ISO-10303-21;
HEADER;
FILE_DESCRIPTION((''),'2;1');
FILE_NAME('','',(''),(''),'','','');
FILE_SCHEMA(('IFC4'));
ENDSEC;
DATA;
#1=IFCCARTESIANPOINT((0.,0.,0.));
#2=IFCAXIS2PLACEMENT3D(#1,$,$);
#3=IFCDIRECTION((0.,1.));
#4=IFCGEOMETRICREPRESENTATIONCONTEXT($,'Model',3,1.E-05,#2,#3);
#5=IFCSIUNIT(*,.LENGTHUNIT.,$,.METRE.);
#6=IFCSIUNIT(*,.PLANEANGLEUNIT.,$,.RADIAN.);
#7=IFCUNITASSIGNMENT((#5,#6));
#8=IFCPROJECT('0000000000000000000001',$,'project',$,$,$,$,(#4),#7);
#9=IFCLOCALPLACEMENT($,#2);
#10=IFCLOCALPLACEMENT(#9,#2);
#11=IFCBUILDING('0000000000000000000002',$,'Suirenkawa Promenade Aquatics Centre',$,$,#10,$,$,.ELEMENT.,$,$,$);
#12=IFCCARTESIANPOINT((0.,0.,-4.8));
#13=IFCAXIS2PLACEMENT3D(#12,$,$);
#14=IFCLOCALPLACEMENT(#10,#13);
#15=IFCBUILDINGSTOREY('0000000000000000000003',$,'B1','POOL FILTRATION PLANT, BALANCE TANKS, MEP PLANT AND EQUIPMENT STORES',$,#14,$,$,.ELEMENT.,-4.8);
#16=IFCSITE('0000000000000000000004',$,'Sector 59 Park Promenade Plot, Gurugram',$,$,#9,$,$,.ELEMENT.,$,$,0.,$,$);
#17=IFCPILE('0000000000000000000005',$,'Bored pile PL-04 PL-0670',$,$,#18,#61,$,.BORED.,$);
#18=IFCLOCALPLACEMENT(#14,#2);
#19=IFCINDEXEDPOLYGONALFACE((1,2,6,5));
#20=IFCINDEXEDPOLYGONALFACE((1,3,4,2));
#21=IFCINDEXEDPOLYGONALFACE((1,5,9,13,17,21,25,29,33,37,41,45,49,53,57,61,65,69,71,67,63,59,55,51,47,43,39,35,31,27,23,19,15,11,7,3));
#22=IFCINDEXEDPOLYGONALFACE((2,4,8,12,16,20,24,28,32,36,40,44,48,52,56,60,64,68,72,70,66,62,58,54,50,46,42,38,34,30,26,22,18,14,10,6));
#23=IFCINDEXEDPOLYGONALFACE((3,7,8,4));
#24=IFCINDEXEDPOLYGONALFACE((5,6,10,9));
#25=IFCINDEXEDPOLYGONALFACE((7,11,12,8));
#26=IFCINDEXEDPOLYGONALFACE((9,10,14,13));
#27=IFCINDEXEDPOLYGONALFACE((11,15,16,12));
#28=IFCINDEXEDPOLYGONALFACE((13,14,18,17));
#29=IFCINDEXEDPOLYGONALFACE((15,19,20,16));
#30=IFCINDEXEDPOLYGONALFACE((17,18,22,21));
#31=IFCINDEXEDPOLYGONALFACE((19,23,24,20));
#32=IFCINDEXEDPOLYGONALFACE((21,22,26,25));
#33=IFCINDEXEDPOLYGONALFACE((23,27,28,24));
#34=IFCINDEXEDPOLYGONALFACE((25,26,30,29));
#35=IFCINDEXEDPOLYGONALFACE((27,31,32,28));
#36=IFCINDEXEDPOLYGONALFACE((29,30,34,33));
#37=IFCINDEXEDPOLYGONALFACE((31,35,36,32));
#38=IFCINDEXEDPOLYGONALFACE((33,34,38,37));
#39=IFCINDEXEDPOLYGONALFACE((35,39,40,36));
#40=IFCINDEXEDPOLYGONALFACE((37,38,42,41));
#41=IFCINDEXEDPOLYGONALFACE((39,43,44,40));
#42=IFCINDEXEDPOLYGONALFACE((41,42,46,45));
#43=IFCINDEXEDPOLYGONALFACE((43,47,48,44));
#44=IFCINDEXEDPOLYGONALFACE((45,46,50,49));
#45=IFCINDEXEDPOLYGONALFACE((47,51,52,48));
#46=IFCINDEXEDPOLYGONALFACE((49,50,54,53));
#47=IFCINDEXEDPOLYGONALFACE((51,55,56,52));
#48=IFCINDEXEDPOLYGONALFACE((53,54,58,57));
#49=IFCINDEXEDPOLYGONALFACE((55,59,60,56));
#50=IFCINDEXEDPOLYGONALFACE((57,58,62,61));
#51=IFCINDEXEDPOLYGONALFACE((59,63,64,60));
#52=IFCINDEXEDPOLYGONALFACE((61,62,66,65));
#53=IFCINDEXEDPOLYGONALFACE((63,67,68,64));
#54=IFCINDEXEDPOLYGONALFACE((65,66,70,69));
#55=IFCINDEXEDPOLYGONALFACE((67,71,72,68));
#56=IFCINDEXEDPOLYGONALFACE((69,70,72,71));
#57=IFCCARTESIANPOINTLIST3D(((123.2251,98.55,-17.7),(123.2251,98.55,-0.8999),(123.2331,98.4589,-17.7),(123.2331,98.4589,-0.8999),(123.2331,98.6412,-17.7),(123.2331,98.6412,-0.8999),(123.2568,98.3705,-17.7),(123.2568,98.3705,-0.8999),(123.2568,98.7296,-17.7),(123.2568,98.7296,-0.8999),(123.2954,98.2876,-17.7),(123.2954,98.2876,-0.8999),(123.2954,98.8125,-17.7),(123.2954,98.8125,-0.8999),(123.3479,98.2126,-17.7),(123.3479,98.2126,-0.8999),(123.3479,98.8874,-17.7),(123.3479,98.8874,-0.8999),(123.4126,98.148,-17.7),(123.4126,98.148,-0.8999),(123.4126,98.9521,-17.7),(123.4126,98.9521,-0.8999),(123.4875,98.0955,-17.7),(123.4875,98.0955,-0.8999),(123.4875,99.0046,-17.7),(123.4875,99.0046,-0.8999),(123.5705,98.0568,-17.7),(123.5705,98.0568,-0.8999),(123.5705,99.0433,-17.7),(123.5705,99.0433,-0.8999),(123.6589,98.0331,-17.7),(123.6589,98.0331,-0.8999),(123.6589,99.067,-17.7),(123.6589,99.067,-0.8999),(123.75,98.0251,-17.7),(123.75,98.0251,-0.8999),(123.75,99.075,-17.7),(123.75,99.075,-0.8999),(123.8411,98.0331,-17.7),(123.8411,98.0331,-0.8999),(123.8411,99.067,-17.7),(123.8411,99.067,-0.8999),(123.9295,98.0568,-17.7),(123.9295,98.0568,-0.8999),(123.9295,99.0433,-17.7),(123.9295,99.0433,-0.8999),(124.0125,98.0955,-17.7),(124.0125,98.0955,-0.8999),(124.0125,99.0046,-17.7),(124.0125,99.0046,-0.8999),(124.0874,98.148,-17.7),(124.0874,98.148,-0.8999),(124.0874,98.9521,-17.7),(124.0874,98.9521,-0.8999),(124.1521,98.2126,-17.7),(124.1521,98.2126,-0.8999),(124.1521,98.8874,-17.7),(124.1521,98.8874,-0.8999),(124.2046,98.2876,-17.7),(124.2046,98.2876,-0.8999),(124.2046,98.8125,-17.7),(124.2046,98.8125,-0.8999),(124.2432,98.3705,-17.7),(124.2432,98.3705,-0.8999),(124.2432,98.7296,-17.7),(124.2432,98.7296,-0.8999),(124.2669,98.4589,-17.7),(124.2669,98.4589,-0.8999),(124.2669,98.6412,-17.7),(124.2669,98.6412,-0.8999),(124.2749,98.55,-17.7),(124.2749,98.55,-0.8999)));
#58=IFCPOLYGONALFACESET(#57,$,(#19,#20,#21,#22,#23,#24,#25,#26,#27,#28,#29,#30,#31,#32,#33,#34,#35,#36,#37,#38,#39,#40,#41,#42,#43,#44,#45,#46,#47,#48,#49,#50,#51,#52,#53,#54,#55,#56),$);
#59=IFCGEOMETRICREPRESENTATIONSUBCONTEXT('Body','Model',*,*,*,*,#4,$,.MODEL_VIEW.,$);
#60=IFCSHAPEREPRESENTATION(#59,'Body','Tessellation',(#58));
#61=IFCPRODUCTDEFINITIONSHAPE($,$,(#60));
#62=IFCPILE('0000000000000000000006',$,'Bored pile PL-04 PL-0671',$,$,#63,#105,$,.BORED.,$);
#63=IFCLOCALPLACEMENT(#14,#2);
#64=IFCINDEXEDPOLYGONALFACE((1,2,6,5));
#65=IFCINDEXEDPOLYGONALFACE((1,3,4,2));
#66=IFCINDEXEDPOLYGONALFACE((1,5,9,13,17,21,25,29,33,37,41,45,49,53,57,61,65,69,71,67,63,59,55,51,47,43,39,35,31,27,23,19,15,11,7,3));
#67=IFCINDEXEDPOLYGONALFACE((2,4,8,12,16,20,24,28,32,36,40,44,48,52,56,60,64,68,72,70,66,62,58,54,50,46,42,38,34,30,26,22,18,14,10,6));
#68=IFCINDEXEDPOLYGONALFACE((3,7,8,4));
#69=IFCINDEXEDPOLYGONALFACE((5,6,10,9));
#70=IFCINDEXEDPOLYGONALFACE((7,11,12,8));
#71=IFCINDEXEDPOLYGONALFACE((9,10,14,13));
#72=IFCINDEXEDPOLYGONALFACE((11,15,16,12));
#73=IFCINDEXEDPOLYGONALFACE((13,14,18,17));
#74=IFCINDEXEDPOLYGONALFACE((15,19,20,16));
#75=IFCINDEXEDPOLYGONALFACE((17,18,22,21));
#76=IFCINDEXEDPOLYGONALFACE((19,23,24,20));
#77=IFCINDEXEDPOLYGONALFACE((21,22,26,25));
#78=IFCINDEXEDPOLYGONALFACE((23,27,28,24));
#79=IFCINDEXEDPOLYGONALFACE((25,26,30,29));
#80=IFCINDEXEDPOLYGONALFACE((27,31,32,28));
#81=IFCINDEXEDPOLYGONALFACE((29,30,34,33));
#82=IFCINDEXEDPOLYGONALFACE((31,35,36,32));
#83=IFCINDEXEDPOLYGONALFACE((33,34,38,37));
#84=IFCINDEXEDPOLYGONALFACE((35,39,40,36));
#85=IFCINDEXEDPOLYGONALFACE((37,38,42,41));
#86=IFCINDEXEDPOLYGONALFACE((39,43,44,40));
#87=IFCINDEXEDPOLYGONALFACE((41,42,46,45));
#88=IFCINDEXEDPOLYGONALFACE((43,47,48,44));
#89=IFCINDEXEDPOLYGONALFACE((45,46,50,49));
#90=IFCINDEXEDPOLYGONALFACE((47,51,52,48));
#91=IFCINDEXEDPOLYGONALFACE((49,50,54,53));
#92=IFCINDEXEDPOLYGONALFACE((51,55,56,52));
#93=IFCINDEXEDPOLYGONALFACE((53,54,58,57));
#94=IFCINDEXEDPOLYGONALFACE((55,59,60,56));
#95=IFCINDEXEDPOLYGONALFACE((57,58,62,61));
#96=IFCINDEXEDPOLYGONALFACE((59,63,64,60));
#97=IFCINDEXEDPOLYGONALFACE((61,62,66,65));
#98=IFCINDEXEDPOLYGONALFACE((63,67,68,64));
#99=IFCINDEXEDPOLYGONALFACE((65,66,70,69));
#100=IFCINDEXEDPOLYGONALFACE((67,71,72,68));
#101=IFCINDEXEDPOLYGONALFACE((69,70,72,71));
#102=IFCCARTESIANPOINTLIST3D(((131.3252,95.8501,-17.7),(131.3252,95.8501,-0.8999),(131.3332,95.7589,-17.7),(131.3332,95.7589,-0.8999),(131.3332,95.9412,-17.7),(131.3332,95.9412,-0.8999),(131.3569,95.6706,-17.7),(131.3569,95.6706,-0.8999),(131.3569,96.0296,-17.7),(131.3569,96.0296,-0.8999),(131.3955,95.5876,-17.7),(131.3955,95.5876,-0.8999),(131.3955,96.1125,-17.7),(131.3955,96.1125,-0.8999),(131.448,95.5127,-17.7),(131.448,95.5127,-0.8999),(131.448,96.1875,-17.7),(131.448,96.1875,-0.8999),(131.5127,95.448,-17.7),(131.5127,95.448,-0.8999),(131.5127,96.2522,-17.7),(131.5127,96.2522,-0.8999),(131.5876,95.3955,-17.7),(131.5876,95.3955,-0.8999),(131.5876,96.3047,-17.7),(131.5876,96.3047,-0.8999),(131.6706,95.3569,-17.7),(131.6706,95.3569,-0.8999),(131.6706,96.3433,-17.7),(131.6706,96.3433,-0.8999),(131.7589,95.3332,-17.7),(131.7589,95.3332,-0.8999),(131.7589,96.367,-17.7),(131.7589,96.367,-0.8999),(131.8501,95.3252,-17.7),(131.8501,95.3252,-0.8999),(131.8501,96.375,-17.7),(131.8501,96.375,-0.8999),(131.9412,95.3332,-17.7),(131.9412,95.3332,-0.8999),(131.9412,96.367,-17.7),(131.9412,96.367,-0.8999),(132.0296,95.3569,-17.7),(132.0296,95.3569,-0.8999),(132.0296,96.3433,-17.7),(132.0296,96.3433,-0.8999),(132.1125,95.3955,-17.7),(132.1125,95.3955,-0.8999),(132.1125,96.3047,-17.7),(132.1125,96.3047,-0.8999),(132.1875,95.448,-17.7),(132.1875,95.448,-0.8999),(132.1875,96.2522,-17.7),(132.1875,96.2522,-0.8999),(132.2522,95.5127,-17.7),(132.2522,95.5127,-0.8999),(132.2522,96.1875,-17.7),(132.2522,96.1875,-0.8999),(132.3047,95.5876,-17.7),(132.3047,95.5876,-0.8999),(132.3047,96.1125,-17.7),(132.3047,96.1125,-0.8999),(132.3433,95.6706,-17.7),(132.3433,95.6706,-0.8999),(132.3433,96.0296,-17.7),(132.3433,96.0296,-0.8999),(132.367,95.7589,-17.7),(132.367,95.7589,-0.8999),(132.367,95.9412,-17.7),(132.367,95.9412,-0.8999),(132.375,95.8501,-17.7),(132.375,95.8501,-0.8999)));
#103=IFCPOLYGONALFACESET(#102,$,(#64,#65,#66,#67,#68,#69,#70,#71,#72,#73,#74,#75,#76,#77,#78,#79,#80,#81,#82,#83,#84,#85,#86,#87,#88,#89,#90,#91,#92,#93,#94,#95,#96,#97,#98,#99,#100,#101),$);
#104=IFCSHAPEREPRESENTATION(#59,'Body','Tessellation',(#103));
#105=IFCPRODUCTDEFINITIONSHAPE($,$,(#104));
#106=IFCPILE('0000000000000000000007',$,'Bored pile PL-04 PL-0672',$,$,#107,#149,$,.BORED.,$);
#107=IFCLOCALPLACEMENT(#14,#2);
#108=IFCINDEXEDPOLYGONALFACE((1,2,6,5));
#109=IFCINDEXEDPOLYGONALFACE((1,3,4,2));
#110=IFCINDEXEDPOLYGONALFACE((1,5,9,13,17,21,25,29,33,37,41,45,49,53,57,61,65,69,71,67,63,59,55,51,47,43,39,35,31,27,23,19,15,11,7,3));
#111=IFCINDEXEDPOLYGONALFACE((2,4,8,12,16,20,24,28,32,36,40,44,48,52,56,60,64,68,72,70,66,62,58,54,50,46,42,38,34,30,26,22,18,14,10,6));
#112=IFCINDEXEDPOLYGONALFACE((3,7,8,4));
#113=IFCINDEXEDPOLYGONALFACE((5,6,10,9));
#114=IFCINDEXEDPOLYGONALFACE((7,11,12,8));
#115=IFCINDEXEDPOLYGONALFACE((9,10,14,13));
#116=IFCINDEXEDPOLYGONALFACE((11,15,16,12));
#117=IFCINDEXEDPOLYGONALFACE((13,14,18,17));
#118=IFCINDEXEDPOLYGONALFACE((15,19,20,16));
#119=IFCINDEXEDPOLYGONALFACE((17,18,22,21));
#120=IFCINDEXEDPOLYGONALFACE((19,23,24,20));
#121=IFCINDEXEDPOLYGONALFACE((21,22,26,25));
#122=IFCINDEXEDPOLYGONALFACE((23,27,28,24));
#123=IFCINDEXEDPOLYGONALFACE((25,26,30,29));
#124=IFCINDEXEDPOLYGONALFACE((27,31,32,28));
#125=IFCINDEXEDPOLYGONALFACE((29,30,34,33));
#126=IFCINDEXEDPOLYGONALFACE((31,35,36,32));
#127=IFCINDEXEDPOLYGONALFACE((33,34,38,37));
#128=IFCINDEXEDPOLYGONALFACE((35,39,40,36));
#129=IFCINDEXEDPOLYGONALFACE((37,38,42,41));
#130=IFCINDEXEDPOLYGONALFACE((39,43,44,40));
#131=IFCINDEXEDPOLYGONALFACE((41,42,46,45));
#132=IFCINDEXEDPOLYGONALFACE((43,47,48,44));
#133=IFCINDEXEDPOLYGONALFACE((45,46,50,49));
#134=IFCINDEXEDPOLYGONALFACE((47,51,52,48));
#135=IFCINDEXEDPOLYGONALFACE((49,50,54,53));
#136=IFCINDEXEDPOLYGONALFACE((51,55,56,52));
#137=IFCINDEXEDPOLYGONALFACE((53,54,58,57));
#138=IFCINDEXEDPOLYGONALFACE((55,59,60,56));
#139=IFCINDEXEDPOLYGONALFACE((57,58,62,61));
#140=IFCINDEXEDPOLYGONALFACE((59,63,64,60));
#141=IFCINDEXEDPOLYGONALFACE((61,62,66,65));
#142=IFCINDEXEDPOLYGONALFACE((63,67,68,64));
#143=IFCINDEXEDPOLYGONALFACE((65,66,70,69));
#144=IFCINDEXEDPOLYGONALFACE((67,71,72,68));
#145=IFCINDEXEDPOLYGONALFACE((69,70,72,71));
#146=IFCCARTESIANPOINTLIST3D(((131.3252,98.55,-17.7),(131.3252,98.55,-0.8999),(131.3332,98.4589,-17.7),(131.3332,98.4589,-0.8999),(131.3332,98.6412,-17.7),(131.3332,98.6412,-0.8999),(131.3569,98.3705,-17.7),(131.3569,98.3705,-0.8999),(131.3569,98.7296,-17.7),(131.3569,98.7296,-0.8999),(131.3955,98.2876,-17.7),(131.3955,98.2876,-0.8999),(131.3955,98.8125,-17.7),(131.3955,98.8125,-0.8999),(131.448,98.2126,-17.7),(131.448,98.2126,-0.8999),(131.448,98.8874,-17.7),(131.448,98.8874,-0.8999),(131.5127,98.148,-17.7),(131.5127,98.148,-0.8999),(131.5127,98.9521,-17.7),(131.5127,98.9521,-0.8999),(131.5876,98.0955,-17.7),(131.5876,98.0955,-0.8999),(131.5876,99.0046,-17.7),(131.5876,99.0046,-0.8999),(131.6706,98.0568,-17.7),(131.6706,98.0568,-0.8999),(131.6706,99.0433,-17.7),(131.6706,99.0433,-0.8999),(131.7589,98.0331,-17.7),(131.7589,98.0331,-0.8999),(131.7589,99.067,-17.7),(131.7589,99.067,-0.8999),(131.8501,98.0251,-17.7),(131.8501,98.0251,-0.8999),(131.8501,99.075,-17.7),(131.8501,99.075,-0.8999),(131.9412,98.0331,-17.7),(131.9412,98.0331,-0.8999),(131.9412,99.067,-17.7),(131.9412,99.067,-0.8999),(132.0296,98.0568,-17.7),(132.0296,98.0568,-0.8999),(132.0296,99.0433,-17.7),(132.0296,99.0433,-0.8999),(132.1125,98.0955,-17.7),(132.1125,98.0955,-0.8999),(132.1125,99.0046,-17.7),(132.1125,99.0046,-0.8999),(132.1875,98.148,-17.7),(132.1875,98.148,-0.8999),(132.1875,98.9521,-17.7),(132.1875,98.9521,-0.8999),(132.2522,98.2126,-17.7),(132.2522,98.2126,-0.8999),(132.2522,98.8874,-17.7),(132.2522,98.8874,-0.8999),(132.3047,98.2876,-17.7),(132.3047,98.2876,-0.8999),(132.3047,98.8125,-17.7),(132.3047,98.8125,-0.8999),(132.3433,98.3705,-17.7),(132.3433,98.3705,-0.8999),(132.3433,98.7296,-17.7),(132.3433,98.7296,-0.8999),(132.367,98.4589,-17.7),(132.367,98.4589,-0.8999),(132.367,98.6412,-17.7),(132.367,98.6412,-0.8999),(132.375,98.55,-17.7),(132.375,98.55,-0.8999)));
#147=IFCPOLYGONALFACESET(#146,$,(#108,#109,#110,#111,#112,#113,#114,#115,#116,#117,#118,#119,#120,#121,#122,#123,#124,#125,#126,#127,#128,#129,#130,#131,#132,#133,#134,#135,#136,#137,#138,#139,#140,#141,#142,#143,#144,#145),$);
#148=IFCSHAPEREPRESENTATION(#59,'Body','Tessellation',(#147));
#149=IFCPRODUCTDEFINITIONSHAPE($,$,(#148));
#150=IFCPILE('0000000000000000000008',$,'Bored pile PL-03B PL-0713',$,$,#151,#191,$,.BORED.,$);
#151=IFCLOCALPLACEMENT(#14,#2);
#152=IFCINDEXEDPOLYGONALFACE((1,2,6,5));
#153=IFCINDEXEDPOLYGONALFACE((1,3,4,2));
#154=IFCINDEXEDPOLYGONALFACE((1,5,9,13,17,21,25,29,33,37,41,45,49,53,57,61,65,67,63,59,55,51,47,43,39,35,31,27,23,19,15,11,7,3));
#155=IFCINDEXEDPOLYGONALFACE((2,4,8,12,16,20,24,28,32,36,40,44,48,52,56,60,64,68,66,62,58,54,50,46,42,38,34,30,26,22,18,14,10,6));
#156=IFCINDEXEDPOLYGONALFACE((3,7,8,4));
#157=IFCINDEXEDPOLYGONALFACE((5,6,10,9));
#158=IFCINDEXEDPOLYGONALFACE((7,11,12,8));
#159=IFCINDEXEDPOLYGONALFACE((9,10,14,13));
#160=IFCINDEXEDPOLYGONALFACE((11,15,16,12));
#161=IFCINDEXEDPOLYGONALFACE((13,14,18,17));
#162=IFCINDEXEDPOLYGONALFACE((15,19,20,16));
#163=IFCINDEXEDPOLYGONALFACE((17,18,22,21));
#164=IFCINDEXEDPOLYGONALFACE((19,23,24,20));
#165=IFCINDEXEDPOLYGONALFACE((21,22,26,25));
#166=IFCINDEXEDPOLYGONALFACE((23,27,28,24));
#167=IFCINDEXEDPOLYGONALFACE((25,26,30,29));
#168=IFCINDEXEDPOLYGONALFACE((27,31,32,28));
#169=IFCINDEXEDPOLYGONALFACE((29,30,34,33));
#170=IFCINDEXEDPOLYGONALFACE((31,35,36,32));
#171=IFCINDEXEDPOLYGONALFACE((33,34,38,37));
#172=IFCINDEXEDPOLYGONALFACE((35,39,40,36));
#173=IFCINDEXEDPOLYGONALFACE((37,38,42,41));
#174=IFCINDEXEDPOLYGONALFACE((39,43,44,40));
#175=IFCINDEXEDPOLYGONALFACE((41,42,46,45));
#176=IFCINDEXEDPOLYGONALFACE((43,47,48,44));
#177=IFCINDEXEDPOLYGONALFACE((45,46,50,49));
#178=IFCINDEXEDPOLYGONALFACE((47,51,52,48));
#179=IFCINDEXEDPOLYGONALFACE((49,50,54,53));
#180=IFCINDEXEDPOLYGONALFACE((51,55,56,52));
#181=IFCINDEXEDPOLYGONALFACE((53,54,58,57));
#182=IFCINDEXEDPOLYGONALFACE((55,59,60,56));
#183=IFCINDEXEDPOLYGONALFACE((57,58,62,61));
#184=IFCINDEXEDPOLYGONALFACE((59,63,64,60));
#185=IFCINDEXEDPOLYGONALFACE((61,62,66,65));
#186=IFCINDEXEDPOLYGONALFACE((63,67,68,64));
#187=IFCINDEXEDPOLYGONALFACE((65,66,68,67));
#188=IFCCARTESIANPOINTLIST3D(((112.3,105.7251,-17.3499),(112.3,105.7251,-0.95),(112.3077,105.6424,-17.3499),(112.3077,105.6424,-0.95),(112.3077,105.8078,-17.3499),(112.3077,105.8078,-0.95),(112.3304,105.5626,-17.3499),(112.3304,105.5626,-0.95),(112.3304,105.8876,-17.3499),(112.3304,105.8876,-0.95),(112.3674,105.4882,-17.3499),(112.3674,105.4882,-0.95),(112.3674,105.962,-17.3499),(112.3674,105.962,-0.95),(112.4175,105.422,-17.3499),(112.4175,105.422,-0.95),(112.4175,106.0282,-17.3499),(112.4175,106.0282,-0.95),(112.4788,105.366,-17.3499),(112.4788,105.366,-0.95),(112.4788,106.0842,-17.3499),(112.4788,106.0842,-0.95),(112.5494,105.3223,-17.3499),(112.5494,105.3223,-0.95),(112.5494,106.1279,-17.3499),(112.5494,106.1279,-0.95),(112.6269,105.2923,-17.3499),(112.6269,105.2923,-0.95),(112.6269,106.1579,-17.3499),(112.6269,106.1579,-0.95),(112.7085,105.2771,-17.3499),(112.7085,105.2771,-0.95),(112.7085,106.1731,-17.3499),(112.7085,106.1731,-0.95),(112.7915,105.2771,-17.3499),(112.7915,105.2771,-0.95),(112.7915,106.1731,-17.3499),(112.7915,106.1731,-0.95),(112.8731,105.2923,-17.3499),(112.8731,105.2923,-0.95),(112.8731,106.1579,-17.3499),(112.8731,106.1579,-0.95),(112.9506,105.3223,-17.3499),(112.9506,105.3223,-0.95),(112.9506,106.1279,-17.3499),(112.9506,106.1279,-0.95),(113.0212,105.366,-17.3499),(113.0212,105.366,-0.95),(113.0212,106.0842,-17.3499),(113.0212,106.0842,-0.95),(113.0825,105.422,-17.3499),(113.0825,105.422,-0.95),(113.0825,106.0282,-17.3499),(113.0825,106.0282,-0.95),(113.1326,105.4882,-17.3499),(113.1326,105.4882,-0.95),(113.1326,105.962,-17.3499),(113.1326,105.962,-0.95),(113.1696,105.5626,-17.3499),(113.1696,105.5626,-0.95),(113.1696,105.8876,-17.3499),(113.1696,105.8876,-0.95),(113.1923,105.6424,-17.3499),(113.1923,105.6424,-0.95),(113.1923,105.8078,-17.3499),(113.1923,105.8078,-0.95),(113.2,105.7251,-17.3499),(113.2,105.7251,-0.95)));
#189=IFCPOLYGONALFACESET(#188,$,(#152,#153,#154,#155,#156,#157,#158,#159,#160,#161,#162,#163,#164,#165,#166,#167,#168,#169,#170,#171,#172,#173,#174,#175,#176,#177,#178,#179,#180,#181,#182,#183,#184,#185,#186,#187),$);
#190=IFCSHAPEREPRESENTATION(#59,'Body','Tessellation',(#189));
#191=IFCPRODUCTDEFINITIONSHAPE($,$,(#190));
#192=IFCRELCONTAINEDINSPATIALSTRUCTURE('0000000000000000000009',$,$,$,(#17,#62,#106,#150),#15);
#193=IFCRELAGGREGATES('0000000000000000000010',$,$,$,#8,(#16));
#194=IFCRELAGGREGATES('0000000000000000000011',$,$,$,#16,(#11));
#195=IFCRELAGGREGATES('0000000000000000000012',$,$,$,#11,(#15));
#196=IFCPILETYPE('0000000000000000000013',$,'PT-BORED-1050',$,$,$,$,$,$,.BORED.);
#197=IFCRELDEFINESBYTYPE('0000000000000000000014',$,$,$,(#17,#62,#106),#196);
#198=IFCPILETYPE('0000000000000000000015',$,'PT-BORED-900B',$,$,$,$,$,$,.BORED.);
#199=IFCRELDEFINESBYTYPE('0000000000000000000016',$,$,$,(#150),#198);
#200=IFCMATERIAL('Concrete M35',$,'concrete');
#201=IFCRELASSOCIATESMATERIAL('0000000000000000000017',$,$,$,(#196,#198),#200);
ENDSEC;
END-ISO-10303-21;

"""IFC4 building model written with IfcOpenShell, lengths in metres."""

from ifc_helpers import new_model, si_unit, direction, frame, origin, origin_2d, place, context, subcontext, project, spatial, circle, extrude, material, material_profile, profile_set, type_object, element, save


model = new_model("IFC4")

# Units and contexts
model_context = context("Model", 3, precision=1e-05, world=origin(), true_north=direction((0.0, 1.0)))
body_context = subcontext(model_context, "Body", "Model", "MODEL_VIEW")
ifc_project = project(units=[si_unit("LENGTHUNIT", "METRE"), si_unit("PLANEANGLEUNIT", "RADIAN")], contexts=[model_context])

# Site, building, storey
site_placement = place(None, origin())
site = spatial("IfcSite", under=ifc_project, at=site_placement, Name="Sector 59 Park Promenade Plot, Gurugram", CompositionType="ELEMENT", RefElevation=0.0)
building_placement = place(site_placement, origin())
building = spatial("IfcBuilding", under=site, at=building_placement, Name="Suirenkawa Promenade Aquatics Centre", CompositionType="ELEMENT")
storey_placement = place(building_placement, frame((0.0, 0.0, -4.8)))
storey = spatial("IfcBuildingStorey", under=building, at=storey_placement, Name="B1", Description="POOL FILTRATION PLANT, BALANCE TANKS, MEP PLANT AND EQUIPMENT STORES", CompositionType="ELEMENT", Elevation=-4.8)

# Shared definitions
ifc_material_1 = material(Name="Concrete M35", Category="concrete")

# Piles
ifc_material_profile_1 = material_profile(ifc_material_1, circle(Radius=0.5249, at=origin_2d()), Name="PILE D1050", Category="concrete")
ifc_profile_set_1 = profile_set([ifc_material_profile_1], Name="Concrete M35")
pile_type_1 = type_object("IfcPileType", Name="PT-BORED-1050", PredefinedType="BORED", material=ifc_profile_set_1)
for number, where, z_axis, x_axis, name in (
    (1, (123.75, 98.55, -0.8999), (0.0, 0.0, -1.0), (1.0, 0.0, 0.0), "Bored pile PL-04 PL-0670"),
    (2, (131.8501, 95.8501, -0.8999), (0.0, 0.0, -1.0), (1.0, 0.0, 0.0), "Bored pile PL-04 PL-0671"),
    (3, (131.8501, 98.55, -0.8999), (0.0, 0.0, -1.0), (1.0, 0.0, 0.0), "Bored pile PL-04 PL-0672"),
):
    element("IfcPile", number, at=place(storey_placement, frame(where, z_axis=z_axis, x_axis=x_axis)), inside=storey, type_object=pile_type_1, Name=name, PredefinedType="BORED", context=body_context, shape_type="SweptSolid", body=[
        extrude(circle(Radius=0.5249, at=origin_2d()), origin(), (0.0, 0.0, 1.0), 16.8),
    ])
ifc_material_profile_2 = material_profile(ifc_material_1, circle(Radius=0.45, at=origin_2d()), Name="PILE D900", Category="concrete")
ifc_profile_set_2 = profile_set([ifc_material_profile_2], Name="Concrete M35")
pile_type_2 = type_object("IfcPileType", Name="PT-BORED-900B", PredefinedType="BORED", material=ifc_profile_set_2)
for number, where, z_axis, x_axis, name in (
    (4, (112.75, 105.7251, -0.95), (0.0, 0.0, -1.0), (1.0, 0.0, 0.0), "Bored pile PL-03B PL-0713"),
):
    element("IfcPile", number, at=place(storey_placement, frame(where, z_axis=z_axis, x_axis=x_axis)), inside=storey, type_object=pile_type_2, Name=name, PredefinedType="BORED", context=body_context, shape_type="SweptSolid", body=[
        extrude(circle(Radius=0.45, at=origin_2d()), origin(), (0.0, 0.0, 1.0), 16.3999),
    ])

save(model, "model.ifc")
